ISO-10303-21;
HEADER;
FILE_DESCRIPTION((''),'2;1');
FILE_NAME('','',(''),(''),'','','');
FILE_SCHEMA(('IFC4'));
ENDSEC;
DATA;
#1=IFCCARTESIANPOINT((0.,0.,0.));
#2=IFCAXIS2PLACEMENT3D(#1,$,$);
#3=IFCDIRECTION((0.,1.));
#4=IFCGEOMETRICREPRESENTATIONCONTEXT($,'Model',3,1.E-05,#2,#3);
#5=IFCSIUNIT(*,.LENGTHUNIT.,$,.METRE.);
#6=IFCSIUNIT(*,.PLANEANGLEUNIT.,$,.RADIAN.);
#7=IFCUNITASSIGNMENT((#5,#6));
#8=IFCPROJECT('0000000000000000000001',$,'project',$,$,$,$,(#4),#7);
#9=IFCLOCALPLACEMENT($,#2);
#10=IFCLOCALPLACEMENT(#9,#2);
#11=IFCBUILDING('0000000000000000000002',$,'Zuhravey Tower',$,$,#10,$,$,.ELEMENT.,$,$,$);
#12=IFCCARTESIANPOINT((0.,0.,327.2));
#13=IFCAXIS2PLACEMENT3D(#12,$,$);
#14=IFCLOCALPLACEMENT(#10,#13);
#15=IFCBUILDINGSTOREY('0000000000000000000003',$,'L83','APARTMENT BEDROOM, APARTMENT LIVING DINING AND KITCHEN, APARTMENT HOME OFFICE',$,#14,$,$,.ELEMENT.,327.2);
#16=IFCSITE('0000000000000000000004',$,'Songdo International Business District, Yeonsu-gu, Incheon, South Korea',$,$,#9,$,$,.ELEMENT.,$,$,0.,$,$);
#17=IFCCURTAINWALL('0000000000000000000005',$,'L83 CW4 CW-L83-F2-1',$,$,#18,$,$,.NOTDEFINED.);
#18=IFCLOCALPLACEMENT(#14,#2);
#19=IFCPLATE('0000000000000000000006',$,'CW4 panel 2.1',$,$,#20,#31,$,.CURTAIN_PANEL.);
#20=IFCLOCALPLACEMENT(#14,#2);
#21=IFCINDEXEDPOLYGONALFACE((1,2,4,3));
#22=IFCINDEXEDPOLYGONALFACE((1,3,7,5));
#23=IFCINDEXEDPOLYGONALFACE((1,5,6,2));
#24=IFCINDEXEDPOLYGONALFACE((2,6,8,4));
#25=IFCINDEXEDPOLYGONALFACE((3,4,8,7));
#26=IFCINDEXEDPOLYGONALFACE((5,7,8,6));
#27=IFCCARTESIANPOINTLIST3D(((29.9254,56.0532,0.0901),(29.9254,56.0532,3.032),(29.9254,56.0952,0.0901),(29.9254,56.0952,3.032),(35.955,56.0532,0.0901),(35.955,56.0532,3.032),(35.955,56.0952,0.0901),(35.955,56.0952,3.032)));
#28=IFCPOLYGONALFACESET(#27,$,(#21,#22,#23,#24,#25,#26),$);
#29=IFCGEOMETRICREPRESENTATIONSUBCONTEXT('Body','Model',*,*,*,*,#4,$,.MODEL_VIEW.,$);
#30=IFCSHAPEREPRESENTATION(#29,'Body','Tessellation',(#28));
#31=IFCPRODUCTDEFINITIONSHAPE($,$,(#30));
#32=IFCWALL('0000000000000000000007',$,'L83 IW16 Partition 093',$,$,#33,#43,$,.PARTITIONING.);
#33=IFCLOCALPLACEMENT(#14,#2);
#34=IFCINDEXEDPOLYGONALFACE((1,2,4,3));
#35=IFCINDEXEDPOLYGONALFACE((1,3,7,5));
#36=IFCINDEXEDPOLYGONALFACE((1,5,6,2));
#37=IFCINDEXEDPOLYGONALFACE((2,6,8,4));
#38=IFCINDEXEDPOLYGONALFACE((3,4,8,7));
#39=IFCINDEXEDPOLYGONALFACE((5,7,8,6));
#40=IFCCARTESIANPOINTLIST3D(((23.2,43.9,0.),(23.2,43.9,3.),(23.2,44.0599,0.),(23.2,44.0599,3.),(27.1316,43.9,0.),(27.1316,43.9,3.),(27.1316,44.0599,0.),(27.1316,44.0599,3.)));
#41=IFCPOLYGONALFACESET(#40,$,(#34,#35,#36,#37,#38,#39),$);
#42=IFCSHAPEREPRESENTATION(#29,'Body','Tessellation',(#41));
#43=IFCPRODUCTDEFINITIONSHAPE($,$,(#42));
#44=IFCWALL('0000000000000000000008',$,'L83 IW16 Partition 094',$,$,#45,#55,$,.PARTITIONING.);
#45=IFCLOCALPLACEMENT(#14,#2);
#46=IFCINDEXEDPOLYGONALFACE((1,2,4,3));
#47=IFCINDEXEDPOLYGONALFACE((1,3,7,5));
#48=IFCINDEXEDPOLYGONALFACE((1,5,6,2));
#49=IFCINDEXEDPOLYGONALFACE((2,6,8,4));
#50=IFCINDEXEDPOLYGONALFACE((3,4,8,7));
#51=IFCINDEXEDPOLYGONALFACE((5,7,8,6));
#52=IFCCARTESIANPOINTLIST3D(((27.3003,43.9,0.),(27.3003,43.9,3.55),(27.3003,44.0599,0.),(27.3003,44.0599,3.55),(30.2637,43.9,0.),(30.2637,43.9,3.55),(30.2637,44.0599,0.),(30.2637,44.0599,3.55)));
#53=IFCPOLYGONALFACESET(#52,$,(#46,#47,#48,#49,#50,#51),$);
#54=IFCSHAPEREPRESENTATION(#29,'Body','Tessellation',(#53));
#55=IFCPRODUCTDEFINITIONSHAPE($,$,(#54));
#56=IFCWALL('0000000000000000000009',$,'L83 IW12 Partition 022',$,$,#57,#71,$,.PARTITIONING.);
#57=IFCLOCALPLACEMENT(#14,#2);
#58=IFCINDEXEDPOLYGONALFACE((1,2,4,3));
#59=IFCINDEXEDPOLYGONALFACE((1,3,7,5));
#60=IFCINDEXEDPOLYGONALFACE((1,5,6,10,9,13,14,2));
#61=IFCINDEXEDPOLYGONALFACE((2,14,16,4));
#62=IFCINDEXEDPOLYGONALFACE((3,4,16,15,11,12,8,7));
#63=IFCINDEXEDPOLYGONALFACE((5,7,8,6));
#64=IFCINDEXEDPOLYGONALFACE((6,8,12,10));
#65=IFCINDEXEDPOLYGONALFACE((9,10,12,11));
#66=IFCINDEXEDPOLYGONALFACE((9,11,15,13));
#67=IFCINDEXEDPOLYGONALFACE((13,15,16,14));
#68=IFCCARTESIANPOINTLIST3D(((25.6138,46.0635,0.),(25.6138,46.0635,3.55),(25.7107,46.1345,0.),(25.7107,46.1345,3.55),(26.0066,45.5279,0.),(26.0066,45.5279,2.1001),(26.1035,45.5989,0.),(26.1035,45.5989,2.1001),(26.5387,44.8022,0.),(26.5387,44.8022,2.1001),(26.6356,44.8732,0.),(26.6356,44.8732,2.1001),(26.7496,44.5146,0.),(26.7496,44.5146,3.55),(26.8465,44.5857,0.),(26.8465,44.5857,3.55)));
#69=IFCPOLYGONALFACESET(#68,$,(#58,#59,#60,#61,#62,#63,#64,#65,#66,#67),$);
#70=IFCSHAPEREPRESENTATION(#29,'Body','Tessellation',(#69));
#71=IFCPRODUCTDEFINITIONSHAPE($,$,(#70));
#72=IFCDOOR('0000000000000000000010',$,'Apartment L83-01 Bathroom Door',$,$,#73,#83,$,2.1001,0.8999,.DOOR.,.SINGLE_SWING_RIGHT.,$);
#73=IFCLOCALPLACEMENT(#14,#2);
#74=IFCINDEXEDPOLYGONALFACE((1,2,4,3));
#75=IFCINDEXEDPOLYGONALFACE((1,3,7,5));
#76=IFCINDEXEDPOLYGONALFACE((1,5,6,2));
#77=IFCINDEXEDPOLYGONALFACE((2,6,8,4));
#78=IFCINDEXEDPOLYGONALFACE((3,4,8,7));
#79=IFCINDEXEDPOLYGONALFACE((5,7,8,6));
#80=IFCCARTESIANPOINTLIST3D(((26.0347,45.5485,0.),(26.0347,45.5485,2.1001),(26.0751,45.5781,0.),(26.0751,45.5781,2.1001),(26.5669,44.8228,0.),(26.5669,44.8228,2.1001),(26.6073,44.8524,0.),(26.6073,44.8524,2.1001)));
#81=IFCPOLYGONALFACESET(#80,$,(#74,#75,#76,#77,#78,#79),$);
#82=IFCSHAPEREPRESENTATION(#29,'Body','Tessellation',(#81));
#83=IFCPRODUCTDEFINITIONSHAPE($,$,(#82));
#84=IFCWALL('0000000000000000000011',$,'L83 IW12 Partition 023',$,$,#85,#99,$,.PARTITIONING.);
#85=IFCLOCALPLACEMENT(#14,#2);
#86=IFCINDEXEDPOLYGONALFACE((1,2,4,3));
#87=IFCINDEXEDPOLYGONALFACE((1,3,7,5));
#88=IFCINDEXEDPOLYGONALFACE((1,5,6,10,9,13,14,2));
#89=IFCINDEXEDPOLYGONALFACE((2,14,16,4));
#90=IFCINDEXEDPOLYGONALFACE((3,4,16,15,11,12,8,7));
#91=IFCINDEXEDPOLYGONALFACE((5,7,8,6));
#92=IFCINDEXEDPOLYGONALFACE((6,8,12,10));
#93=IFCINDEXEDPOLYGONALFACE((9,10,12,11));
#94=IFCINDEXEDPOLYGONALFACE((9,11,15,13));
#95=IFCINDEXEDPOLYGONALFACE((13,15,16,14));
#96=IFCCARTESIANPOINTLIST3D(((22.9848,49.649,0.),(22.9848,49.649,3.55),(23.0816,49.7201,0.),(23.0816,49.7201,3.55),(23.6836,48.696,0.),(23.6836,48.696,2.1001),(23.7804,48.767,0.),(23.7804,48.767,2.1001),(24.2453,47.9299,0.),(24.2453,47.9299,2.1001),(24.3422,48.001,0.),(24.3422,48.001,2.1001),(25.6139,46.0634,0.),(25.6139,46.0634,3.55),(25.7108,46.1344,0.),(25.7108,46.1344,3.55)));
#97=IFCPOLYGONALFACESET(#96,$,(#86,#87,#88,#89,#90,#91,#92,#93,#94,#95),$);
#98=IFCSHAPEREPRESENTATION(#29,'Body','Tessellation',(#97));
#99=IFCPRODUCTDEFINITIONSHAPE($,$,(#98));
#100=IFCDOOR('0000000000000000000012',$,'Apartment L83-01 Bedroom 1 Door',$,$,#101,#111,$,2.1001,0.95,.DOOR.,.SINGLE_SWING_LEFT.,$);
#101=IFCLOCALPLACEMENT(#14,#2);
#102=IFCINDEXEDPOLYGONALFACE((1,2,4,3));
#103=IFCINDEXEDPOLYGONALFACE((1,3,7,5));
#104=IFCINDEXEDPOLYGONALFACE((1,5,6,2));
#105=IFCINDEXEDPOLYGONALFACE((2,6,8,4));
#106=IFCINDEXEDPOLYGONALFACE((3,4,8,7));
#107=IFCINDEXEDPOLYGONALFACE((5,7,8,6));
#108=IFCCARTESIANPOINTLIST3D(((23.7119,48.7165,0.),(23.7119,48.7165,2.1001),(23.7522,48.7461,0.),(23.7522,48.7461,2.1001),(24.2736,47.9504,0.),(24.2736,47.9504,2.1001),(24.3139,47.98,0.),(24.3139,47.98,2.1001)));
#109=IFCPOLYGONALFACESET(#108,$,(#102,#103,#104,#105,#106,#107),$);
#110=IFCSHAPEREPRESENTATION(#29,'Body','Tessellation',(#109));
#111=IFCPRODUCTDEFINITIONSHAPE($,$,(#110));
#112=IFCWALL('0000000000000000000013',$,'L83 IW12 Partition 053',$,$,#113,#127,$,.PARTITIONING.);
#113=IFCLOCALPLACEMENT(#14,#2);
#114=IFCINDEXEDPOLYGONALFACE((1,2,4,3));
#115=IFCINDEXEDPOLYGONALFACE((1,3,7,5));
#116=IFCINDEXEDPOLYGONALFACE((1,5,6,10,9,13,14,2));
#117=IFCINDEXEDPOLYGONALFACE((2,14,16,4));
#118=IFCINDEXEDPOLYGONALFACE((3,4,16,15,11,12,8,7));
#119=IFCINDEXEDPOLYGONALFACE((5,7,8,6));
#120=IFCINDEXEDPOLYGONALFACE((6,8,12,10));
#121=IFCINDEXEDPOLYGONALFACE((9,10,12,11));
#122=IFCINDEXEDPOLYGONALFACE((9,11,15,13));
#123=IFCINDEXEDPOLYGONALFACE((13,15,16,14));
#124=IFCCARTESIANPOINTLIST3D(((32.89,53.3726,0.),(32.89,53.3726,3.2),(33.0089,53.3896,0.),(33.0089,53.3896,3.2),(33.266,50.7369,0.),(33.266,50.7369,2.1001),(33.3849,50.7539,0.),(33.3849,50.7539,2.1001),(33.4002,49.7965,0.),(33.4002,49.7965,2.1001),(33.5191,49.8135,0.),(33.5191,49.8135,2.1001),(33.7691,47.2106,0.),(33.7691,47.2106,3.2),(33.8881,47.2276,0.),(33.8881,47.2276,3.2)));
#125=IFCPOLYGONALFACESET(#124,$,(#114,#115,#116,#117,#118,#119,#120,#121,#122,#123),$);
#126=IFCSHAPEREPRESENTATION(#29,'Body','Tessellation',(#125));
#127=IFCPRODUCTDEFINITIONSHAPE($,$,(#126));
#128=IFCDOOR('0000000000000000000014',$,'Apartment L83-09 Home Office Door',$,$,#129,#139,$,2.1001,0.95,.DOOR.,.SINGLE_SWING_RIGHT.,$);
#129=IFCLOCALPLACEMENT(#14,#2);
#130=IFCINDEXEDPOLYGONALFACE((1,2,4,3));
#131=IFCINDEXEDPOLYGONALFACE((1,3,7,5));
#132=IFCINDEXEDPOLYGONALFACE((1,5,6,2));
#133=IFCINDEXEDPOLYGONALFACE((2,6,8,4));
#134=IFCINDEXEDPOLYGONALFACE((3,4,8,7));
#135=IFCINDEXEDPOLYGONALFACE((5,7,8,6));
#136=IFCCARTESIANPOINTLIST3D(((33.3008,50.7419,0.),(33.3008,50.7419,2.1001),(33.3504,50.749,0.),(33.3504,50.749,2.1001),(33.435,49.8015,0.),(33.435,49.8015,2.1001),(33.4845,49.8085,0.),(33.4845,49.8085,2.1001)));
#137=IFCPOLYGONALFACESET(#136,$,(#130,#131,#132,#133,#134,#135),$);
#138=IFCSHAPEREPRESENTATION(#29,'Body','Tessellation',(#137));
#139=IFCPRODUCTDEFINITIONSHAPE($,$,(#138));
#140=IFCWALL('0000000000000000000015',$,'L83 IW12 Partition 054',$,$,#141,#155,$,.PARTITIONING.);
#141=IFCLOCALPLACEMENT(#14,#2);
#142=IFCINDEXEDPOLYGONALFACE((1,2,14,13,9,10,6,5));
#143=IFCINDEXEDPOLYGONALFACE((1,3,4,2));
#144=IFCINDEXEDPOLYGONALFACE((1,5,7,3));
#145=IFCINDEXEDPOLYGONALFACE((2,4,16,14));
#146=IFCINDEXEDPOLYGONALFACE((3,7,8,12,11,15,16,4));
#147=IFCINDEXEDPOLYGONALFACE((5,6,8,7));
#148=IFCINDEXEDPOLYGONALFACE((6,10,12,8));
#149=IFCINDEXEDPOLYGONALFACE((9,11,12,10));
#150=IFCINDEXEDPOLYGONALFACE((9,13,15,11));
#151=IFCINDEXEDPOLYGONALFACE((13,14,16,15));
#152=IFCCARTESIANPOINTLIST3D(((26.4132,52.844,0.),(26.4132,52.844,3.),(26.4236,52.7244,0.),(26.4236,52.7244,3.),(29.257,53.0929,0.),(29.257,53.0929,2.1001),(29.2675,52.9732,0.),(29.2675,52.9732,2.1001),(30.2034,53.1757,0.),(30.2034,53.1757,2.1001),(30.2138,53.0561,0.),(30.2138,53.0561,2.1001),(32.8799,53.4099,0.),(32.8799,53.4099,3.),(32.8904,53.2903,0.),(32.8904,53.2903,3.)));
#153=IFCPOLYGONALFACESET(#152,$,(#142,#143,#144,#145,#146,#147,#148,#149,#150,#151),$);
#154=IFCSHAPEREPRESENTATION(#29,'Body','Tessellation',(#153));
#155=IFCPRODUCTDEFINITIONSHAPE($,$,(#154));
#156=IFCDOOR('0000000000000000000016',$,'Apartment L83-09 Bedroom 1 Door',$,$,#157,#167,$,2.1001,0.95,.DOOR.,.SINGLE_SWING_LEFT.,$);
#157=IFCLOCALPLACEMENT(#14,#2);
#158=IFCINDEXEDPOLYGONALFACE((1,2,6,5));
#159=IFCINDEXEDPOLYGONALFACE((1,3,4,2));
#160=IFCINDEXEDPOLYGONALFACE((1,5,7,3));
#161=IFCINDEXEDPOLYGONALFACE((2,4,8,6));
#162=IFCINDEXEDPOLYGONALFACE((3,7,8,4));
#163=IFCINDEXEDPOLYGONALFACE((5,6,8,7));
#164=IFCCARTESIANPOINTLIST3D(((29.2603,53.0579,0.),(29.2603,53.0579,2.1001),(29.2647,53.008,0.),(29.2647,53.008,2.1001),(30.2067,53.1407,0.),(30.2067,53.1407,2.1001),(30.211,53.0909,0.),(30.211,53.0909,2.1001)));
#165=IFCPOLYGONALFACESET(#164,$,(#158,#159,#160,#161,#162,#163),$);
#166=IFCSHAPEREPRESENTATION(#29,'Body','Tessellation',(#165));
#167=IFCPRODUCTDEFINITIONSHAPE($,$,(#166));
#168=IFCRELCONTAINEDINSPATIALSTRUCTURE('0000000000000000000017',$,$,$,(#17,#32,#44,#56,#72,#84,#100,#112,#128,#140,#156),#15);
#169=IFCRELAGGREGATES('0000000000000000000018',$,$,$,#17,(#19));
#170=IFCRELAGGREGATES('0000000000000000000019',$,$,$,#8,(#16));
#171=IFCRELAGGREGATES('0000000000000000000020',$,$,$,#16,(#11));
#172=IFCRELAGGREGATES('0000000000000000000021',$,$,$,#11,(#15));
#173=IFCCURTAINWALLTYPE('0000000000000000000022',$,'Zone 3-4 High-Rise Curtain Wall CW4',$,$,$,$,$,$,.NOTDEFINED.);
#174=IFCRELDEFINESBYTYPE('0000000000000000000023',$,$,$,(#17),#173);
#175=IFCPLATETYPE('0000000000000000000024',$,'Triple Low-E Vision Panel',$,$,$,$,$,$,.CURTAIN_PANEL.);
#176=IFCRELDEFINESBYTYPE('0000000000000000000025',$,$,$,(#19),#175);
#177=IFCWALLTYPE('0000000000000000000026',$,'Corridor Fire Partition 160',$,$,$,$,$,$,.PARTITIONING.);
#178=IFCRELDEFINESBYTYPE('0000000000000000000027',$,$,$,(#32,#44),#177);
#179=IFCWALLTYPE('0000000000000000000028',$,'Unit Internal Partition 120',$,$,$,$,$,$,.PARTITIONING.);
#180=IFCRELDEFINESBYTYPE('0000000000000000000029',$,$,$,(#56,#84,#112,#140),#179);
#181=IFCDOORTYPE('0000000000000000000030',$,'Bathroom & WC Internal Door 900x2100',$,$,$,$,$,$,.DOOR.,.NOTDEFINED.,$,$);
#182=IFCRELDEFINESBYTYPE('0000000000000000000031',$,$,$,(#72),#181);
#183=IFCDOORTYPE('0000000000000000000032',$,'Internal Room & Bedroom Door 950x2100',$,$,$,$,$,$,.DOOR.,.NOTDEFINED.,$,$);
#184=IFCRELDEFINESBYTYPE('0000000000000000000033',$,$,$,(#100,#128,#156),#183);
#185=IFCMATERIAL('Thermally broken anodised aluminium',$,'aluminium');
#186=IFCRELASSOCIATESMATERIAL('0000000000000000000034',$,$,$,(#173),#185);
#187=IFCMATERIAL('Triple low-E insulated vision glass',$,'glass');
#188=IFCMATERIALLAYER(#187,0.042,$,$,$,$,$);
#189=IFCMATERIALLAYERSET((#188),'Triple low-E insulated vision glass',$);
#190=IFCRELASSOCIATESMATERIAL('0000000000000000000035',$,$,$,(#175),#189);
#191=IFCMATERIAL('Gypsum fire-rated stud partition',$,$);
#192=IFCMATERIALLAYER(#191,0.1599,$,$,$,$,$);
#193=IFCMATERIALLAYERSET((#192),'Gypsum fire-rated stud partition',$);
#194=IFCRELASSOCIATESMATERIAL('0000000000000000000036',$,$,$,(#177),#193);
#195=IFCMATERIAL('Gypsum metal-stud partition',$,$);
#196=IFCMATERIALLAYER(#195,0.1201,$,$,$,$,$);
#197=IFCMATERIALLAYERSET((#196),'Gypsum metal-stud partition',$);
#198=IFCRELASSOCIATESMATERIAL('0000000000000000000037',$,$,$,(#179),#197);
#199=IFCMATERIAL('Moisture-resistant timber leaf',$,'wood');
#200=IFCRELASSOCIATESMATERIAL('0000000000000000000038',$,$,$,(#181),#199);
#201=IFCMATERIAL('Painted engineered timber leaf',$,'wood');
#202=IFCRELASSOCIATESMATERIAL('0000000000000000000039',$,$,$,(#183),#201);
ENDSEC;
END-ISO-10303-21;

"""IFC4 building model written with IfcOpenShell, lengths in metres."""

from ifc_helpers import new_model, si_unit, direction, frame, frame_2d, origin, origin_2d, place, context, subcontext, project, spatial, rectangle, extrude, material, layer, layer_set, type_object, element, fill, aggregate, save


model = new_model("IFC4")

# Units and contexts
model_context = context("Model", 3, precision=1e-05, world=origin(), true_north=direction((0.0, 1.0)))
body_context = subcontext(model_context, "Body", "Model", "MODEL_VIEW")
ifc_project = project(units=[si_unit("LENGTHUNIT", "METRE"), si_unit("PLANEANGLEUNIT", "RADIAN")], contexts=[model_context])

# Site, building, storey
site_placement = place(None, origin())
site = spatial("IfcSite", under=ifc_project, at=site_placement, Name="Songdo International Business District, Yeonsu-gu, Incheon, South Korea", CompositionType="ELEMENT", RefElevation=0.0)
building_placement = place(site_placement, origin())
building = spatial("IfcBuilding", under=site, at=building_placement, Name="Zuhravey Tower", CompositionType="ELEMENT")
storey_placement = place(building_placement, frame((0.0, 0.0, 327.2)))
storey = spatial("IfcBuildingStorey", under=building, at=storey_placement, Name="L83", Description="APARTMENT BEDROOM, APARTMENT LIVING DINING AND KITCHEN, APARTMENT HOME OFFICE", CompositionType="ELEMENT", Elevation=327.2)

# Curtain wall
ifc_material_1 = material(Name="Thermally broken anodised aluminium", Category="aluminium")
curtain_wall_type = type_object("IfcCurtainWallType", Name="Zone 3-4 High-Rise Curtain Wall CW4", PredefinedType="NOTDEFINED", material=ifc_material_1)
curtain_wall_placement = place(storey_placement, origin())
curtain_wall = element("IfcCurtainWall", 1, at=curtain_wall_placement, inside=storey, type_object=curtain_wall_type, Name="L83 CW4 CW-L83-F2-1", PredefinedType="NOTDEFINED")

# Plate
ifc_material_2 = material(Name="Triple low-E insulated vision glass", Category="glass")
ifc_layer_1 = layer(ifc_material_2, 0.042)
ifc_layer_set_1 = layer_set([ifc_layer_1], Name="Triple low-E insulated vision glass")
plate_type = type_object("IfcPlateType", Name="Triple Low-E Vision Panel", PredefinedType="CURTAIN_PANEL", material=ifc_layer_set_1)
plate_1_placement = place(storey_placement, frame((32.9402, 56.0742, 0.0901), z_axis=(0.0, 0.0, 1.0), x_axis=(1.0, 0.0, 0.0)))
plate_1 = element("IfcPlate", 2, at=plate_1_placement, type_object=plate_type, Name="CW4 panel 2.1", PredefinedType="CURTAIN_PANEL", context=body_context, shape_type="SweptSolid", body=[
    extrude(rectangle(XDim=6.0295, YDim=0.042, at=origin_2d()), origin(), (0.0, 0.0, 1.0), 2.9419),
])
aggregate(curtain_wall, [plate_1])

# Walls
ifc_material_3 = material(Name="Gypsum fire-rated stud partition")
ifc_layer_2 = layer(ifc_material_3, 0.1599)
ifc_layer_set_2 = layer_set([ifc_layer_2], Name="Gypsum fire-rated stud partition")
wall_type_1 = type_object("IfcWallType", Name="Corridor Fire Partition 160", PredefinedType="PARTITIONING", material=ifc_layer_set_2)
wall_1_placement = place(storey_placement, frame((27.1316, 43.98, 0.0), z_axis=(0.0, 0.0, 1.0), x_axis=(-1.0, 0.0, 0.0)))
element("IfcWall", 3, at=wall_1_placement, inside=storey, type_object=wall_type_1, Name="L83 IW16 Partition 093", PredefinedType="PARTITIONING", context=body_context, shape_type="SweptSolid", body=[
    extrude(rectangle(XDim=3.9316, YDim=0.1599, at=frame_2d((1.9658, 0.0))), origin(), (0.0, 0.0, 1.0), 3.0),
])
wall_2_placement = place(storey_placement, frame((30.2637, 43.98, 0.0), z_axis=(0.0, 0.0, 1.0), x_axis=(-1.0, 0.0, 0.0)))
element("IfcWall", 4, at=wall_2_placement, inside=storey, type_object=wall_type_1, Name="L83 IW16 Partition 094", PredefinedType="PARTITIONING", context=body_context, shape_type="SweptSolid", body=[
    extrude(rectangle(XDim=2.9634, YDim=0.1599, at=frame_2d((1.4817, 0.0))), origin(), (0.0, 0.0, 1.0), 3.55),
])

# Walls, openings, doors
ifc_material_4 = material(Name="Gypsum metal-stud partition")
ifc_layer_3 = layer(ifc_material_4, 0.1201)
ifc_layer_set_3 = layer_set([ifc_layer_3], Name="Gypsum metal-stud partition")
wall_type_2 = type_object("IfcWallType", Name="Unit Internal Partition 120", PredefinedType="PARTITIONING", material=ifc_layer_set_3)
wall_3_placement = place(storey_placement, frame((26.7981, 44.55, 0.0), z_axis=(0.0, 0.0, 1.0), x_axis=(-0.591342, 0.806421, 0.0)))
wall_3 = element("IfcWall", 5, at=wall_3_placement, inside=storey, type_object=wall_type_2, Name="L83 IW12 Partition 022", PredefinedType="PARTITIONING", context=body_context, shape_type="SweptSolid", body=[
    extrude(rectangle(XDim=1.9207, YDim=0.1201, at=frame_2d((0.9604, 0.0))), origin(), (0.0, 0.0, 1.0), 3.55),
])
opening_1_placement = place(wall_3_placement, frame((0.3567, 0.0, 0.0)))
opening_1 = element("IfcOpeningElement", 6, at=opening_1_placement, cuts=wall_3, PredefinedType="OPENING", context=body_context, shape_type="SweptSolid", body=[
    extrude(rectangle(XDim=0.8999, YDim=2.1001, at=frame_2d((0.45, 1.05))), frame((0.0, 0.072, 0.0), z_axis=(0.0, -1.0, 0.0), x_axis=(1.0, 0.0, 0.0)), (0.0, 0.0, 1.0), 0.144),
])
ifc_material_5 = material(Name="Moisture-resistant timber leaf", Category="wood")
door_type_1 = type_object("IfcDoorType", Name="Bathroom & WC Internal Door 900x2100", OperationType="NOTDEFINED", PredefinedType="DOOR", material=ifc_material_5)
door_1_placement = place(opening_1_placement, frame((0.8999, 0.0, 0.0), z_axis=(0.0, 0.0, 1.0), x_axis=(-1.0, 0.0, 0.0)))
door_1 = element("IfcDoor", 7, at=door_1_placement, inside=storey, type_object=door_type_1, Name="Apartment L83-01 Bathroom Door", OperationType="SINGLE_SWING_RIGHT", OverallHeight=2.1001, OverallWidth=0.8999, PredefinedType="DOOR", context=body_context, shape_type="SweptSolid", body=[
    extrude(rectangle(XDim=0.8999, YDim=2.1001, at=frame_2d((0.45, 1.05))), frame((0.0, 0.0249, 0.0), z_axis=(0.0, -1.0, 0.0), x_axis=(1.0, 0.0, 0.0)), (0.0, 0.0, 1.0), 0.05),
])
fill(opening_1, door_1)
wall_4_placement = place(storey_placement, frame((25.6624, 46.0989, 0.0), z_axis=(0.0, 0.0, 1.0), x_axis=(-0.591311, 0.806443, 0.0)))
wall_4 = element("IfcWall", 8, at=wall_4_placement, inside=storey, type_object=wall_type_2, Name="L83 IW12 Partition 023", PredefinedType="PARTITIONING", context=body_context, shape_type="SweptSolid", body=[
    extrude(rectangle(XDim=4.4463, YDim=0.1201, at=frame_2d((2.2231, 0.0))), origin(), (0.0, 0.0, 1.0), 3.55),
])
opening_2_placement = place(wall_4_placement, frame((2.3145, 0.0, 0.0)))
opening_2 = element("IfcOpeningElement", 9, at=opening_2_placement, cuts=wall_4, PredefinedType="OPENING", context=body_context, shape_type="SweptSolid", body=[
    extrude(rectangle(XDim=0.95, YDim=2.1001, at=frame_2d((0.4751, 1.05))), frame((0.0, 0.072, 0.0), z_axis=(0.0, -1.0, 0.0), x_axis=(1.0, 0.0, 0.0)), (0.0, 0.0, 1.0), 0.144),
])
ifc_material_6 = material(Name="Painted engineered timber leaf", Category="wood")
door_type_2 = type_object("IfcDoorType", Name="Internal Room & Bedroom Door 950x2100", OperationType="NOTDEFINED", PredefinedType="DOOR", material=ifc_material_6)
door_2_placement = place(opening_2_placement, frame((0.95, 0.0, 0.0), z_axis=(0.0, 0.0, 1.0), x_axis=(-1.0, 0.0, 0.0)))
door_2 = element("IfcDoor", 10, at=door_2_placement, inside=storey, type_object=door_type_2, Name="Apartment L83-01 Bedroom 1 Door", OperationType="SINGLE_SWING_LEFT", OverallHeight=2.1001, OverallWidth=0.95, PredefinedType="DOOR", context=body_context, shape_type="SweptSolid", body=[
    extrude(rectangle(XDim=0.95, YDim=2.1001, at=frame_2d((0.4751, 1.05))), frame((0.0, 0.0249, 0.0), z_axis=(0.0, -1.0, 0.0), x_axis=(1.0, 0.0, 0.0)), (0.0, 0.0, 1.0), 0.05),
])
fill(opening_2, door_2)
wall_5_placement = place(storey_placement, frame((33.8286, 47.219, 0.0), z_axis=(0.0, 0.0, 1.0), x_axis=(-0.141246, 0.989975, 0.0)))
wall_5 = element("IfcWall", 11, at=wall_5_placement, inside=storey, type_object=wall_type_2, Name="L83 IW12 Partition 053", PredefinedType="PARTITIONING", context=body_context, shape_type="SweptSolid", body=[
    extrude(rectangle(XDim=6.2244, YDim=0.1201, at=frame_2d((3.1123, 0.0))), origin(), (0.0, 0.0, 1.0), 3.2),
])
opening_3_placement = place(wall_5_placement, frame((2.6121, 0.0, 0.0)))
opening_3 = element("IfcOpeningElement", 12, at=opening_3_placement, cuts=wall_5, PredefinedType="OPENING", context=body_context, shape_type="SweptSolid", body=[
    extrude(rectangle(XDim=0.95, YDim=2.1001, at=frame_2d((0.4751, 1.05))), frame((0.0, 0.072, 0.0), z_axis=(0.0, -1.0, 0.0), x_axis=(1.0, 0.0, 0.0)), (0.0, 0.0, 1.0), 0.144),
])
door_3_placement = place(opening_3_placement, origin())
door_3 = element("IfcDoor", 13, at=door_3_placement, inside=storey, type_object=door_type_2, Name="Apartment L83-09 Home Office Door", OperationType="SINGLE_SWING_RIGHT", OverallHeight=2.1001, OverallWidth=0.95, PredefinedType="DOOR", context=body_context, shape_type="SweptSolid", body=[
    extrude(rectangle(XDim=0.95, YDim=2.1001, at=frame_2d((0.4751, 1.05))), frame((0.0, 0.0249, 0.0), z_axis=(0.0, -1.0, 0.0), x_axis=(1.0, 0.0, 0.0)), (0.0, 0.0, 1.0), 0.05),
])
fill(opening_3, door_3)
wall_6_placement = place(storey_placement, frame((32.885, 53.3501, 0.0), z_axis=(0.0, 0.0, 1.0), x_axis=(-0.996193, -0.087178, 0.0)))
wall_6 = element("IfcWall", 14, at=wall_6_placement, inside=storey, type_object=wall_type_2, Name="L83 IW12 Partition 054", PredefinedType="PARTITIONING", context=body_context, shape_type="SweptSolid", body=[
    extrude(rectangle(XDim=6.4915, YDim=0.1201, at=frame_2d((3.2456, 0.0))), origin(), (0.0, 0.0, 1.0), 3.0),
])
opening_4_placement = place(wall_6_placement, frame((2.6865, 0.0, 0.0)))
opening_4 = element("IfcOpeningElement", 15, at=opening_4_placement, cuts=wall_6, PredefinedType="OPENING", context=body_context, shape_type="SweptSolid", body=[
    extrude(rectangle(XDim=0.95, YDim=2.1001, at=frame_2d((0.4751, 1.05))), frame((0.0, 0.072, 0.0), z_axis=(0.0, -1.0, 0.0), x_axis=(1.0, 0.0, 0.0)), (0.0, 0.0, 1.0), 0.144),
])
door_4_placement = place(opening_4_placement, frame((0.95, 0.0, 0.0), z_axis=(0.0, 0.0, 1.0), x_axis=(-1.0, 0.0, 0.0)))
door_4 = element("IfcDoor", 16, at=door_4_placement, inside=storey, type_object=door_type_2, Name="Apartment L83-09 Bedroom 1 Door", OperationType="SINGLE_SWING_LEFT", OverallHeight=2.1001, OverallWidth=0.95, PredefinedType="DOOR", context=body_context, shape_type="SweptSolid", body=[
    extrude(rectangle(XDim=0.95, YDim=2.1001, at=frame_2d((0.4751, 1.05))), frame((0.0, 0.0249, 0.0), z_axis=(0.0, -1.0, 0.0), x_axis=(1.0, 0.0, 0.0)), (0.0, 0.0, 1.0), 0.05),
])
fill(opening_4, door_4)

save(model, "model.ifc")
